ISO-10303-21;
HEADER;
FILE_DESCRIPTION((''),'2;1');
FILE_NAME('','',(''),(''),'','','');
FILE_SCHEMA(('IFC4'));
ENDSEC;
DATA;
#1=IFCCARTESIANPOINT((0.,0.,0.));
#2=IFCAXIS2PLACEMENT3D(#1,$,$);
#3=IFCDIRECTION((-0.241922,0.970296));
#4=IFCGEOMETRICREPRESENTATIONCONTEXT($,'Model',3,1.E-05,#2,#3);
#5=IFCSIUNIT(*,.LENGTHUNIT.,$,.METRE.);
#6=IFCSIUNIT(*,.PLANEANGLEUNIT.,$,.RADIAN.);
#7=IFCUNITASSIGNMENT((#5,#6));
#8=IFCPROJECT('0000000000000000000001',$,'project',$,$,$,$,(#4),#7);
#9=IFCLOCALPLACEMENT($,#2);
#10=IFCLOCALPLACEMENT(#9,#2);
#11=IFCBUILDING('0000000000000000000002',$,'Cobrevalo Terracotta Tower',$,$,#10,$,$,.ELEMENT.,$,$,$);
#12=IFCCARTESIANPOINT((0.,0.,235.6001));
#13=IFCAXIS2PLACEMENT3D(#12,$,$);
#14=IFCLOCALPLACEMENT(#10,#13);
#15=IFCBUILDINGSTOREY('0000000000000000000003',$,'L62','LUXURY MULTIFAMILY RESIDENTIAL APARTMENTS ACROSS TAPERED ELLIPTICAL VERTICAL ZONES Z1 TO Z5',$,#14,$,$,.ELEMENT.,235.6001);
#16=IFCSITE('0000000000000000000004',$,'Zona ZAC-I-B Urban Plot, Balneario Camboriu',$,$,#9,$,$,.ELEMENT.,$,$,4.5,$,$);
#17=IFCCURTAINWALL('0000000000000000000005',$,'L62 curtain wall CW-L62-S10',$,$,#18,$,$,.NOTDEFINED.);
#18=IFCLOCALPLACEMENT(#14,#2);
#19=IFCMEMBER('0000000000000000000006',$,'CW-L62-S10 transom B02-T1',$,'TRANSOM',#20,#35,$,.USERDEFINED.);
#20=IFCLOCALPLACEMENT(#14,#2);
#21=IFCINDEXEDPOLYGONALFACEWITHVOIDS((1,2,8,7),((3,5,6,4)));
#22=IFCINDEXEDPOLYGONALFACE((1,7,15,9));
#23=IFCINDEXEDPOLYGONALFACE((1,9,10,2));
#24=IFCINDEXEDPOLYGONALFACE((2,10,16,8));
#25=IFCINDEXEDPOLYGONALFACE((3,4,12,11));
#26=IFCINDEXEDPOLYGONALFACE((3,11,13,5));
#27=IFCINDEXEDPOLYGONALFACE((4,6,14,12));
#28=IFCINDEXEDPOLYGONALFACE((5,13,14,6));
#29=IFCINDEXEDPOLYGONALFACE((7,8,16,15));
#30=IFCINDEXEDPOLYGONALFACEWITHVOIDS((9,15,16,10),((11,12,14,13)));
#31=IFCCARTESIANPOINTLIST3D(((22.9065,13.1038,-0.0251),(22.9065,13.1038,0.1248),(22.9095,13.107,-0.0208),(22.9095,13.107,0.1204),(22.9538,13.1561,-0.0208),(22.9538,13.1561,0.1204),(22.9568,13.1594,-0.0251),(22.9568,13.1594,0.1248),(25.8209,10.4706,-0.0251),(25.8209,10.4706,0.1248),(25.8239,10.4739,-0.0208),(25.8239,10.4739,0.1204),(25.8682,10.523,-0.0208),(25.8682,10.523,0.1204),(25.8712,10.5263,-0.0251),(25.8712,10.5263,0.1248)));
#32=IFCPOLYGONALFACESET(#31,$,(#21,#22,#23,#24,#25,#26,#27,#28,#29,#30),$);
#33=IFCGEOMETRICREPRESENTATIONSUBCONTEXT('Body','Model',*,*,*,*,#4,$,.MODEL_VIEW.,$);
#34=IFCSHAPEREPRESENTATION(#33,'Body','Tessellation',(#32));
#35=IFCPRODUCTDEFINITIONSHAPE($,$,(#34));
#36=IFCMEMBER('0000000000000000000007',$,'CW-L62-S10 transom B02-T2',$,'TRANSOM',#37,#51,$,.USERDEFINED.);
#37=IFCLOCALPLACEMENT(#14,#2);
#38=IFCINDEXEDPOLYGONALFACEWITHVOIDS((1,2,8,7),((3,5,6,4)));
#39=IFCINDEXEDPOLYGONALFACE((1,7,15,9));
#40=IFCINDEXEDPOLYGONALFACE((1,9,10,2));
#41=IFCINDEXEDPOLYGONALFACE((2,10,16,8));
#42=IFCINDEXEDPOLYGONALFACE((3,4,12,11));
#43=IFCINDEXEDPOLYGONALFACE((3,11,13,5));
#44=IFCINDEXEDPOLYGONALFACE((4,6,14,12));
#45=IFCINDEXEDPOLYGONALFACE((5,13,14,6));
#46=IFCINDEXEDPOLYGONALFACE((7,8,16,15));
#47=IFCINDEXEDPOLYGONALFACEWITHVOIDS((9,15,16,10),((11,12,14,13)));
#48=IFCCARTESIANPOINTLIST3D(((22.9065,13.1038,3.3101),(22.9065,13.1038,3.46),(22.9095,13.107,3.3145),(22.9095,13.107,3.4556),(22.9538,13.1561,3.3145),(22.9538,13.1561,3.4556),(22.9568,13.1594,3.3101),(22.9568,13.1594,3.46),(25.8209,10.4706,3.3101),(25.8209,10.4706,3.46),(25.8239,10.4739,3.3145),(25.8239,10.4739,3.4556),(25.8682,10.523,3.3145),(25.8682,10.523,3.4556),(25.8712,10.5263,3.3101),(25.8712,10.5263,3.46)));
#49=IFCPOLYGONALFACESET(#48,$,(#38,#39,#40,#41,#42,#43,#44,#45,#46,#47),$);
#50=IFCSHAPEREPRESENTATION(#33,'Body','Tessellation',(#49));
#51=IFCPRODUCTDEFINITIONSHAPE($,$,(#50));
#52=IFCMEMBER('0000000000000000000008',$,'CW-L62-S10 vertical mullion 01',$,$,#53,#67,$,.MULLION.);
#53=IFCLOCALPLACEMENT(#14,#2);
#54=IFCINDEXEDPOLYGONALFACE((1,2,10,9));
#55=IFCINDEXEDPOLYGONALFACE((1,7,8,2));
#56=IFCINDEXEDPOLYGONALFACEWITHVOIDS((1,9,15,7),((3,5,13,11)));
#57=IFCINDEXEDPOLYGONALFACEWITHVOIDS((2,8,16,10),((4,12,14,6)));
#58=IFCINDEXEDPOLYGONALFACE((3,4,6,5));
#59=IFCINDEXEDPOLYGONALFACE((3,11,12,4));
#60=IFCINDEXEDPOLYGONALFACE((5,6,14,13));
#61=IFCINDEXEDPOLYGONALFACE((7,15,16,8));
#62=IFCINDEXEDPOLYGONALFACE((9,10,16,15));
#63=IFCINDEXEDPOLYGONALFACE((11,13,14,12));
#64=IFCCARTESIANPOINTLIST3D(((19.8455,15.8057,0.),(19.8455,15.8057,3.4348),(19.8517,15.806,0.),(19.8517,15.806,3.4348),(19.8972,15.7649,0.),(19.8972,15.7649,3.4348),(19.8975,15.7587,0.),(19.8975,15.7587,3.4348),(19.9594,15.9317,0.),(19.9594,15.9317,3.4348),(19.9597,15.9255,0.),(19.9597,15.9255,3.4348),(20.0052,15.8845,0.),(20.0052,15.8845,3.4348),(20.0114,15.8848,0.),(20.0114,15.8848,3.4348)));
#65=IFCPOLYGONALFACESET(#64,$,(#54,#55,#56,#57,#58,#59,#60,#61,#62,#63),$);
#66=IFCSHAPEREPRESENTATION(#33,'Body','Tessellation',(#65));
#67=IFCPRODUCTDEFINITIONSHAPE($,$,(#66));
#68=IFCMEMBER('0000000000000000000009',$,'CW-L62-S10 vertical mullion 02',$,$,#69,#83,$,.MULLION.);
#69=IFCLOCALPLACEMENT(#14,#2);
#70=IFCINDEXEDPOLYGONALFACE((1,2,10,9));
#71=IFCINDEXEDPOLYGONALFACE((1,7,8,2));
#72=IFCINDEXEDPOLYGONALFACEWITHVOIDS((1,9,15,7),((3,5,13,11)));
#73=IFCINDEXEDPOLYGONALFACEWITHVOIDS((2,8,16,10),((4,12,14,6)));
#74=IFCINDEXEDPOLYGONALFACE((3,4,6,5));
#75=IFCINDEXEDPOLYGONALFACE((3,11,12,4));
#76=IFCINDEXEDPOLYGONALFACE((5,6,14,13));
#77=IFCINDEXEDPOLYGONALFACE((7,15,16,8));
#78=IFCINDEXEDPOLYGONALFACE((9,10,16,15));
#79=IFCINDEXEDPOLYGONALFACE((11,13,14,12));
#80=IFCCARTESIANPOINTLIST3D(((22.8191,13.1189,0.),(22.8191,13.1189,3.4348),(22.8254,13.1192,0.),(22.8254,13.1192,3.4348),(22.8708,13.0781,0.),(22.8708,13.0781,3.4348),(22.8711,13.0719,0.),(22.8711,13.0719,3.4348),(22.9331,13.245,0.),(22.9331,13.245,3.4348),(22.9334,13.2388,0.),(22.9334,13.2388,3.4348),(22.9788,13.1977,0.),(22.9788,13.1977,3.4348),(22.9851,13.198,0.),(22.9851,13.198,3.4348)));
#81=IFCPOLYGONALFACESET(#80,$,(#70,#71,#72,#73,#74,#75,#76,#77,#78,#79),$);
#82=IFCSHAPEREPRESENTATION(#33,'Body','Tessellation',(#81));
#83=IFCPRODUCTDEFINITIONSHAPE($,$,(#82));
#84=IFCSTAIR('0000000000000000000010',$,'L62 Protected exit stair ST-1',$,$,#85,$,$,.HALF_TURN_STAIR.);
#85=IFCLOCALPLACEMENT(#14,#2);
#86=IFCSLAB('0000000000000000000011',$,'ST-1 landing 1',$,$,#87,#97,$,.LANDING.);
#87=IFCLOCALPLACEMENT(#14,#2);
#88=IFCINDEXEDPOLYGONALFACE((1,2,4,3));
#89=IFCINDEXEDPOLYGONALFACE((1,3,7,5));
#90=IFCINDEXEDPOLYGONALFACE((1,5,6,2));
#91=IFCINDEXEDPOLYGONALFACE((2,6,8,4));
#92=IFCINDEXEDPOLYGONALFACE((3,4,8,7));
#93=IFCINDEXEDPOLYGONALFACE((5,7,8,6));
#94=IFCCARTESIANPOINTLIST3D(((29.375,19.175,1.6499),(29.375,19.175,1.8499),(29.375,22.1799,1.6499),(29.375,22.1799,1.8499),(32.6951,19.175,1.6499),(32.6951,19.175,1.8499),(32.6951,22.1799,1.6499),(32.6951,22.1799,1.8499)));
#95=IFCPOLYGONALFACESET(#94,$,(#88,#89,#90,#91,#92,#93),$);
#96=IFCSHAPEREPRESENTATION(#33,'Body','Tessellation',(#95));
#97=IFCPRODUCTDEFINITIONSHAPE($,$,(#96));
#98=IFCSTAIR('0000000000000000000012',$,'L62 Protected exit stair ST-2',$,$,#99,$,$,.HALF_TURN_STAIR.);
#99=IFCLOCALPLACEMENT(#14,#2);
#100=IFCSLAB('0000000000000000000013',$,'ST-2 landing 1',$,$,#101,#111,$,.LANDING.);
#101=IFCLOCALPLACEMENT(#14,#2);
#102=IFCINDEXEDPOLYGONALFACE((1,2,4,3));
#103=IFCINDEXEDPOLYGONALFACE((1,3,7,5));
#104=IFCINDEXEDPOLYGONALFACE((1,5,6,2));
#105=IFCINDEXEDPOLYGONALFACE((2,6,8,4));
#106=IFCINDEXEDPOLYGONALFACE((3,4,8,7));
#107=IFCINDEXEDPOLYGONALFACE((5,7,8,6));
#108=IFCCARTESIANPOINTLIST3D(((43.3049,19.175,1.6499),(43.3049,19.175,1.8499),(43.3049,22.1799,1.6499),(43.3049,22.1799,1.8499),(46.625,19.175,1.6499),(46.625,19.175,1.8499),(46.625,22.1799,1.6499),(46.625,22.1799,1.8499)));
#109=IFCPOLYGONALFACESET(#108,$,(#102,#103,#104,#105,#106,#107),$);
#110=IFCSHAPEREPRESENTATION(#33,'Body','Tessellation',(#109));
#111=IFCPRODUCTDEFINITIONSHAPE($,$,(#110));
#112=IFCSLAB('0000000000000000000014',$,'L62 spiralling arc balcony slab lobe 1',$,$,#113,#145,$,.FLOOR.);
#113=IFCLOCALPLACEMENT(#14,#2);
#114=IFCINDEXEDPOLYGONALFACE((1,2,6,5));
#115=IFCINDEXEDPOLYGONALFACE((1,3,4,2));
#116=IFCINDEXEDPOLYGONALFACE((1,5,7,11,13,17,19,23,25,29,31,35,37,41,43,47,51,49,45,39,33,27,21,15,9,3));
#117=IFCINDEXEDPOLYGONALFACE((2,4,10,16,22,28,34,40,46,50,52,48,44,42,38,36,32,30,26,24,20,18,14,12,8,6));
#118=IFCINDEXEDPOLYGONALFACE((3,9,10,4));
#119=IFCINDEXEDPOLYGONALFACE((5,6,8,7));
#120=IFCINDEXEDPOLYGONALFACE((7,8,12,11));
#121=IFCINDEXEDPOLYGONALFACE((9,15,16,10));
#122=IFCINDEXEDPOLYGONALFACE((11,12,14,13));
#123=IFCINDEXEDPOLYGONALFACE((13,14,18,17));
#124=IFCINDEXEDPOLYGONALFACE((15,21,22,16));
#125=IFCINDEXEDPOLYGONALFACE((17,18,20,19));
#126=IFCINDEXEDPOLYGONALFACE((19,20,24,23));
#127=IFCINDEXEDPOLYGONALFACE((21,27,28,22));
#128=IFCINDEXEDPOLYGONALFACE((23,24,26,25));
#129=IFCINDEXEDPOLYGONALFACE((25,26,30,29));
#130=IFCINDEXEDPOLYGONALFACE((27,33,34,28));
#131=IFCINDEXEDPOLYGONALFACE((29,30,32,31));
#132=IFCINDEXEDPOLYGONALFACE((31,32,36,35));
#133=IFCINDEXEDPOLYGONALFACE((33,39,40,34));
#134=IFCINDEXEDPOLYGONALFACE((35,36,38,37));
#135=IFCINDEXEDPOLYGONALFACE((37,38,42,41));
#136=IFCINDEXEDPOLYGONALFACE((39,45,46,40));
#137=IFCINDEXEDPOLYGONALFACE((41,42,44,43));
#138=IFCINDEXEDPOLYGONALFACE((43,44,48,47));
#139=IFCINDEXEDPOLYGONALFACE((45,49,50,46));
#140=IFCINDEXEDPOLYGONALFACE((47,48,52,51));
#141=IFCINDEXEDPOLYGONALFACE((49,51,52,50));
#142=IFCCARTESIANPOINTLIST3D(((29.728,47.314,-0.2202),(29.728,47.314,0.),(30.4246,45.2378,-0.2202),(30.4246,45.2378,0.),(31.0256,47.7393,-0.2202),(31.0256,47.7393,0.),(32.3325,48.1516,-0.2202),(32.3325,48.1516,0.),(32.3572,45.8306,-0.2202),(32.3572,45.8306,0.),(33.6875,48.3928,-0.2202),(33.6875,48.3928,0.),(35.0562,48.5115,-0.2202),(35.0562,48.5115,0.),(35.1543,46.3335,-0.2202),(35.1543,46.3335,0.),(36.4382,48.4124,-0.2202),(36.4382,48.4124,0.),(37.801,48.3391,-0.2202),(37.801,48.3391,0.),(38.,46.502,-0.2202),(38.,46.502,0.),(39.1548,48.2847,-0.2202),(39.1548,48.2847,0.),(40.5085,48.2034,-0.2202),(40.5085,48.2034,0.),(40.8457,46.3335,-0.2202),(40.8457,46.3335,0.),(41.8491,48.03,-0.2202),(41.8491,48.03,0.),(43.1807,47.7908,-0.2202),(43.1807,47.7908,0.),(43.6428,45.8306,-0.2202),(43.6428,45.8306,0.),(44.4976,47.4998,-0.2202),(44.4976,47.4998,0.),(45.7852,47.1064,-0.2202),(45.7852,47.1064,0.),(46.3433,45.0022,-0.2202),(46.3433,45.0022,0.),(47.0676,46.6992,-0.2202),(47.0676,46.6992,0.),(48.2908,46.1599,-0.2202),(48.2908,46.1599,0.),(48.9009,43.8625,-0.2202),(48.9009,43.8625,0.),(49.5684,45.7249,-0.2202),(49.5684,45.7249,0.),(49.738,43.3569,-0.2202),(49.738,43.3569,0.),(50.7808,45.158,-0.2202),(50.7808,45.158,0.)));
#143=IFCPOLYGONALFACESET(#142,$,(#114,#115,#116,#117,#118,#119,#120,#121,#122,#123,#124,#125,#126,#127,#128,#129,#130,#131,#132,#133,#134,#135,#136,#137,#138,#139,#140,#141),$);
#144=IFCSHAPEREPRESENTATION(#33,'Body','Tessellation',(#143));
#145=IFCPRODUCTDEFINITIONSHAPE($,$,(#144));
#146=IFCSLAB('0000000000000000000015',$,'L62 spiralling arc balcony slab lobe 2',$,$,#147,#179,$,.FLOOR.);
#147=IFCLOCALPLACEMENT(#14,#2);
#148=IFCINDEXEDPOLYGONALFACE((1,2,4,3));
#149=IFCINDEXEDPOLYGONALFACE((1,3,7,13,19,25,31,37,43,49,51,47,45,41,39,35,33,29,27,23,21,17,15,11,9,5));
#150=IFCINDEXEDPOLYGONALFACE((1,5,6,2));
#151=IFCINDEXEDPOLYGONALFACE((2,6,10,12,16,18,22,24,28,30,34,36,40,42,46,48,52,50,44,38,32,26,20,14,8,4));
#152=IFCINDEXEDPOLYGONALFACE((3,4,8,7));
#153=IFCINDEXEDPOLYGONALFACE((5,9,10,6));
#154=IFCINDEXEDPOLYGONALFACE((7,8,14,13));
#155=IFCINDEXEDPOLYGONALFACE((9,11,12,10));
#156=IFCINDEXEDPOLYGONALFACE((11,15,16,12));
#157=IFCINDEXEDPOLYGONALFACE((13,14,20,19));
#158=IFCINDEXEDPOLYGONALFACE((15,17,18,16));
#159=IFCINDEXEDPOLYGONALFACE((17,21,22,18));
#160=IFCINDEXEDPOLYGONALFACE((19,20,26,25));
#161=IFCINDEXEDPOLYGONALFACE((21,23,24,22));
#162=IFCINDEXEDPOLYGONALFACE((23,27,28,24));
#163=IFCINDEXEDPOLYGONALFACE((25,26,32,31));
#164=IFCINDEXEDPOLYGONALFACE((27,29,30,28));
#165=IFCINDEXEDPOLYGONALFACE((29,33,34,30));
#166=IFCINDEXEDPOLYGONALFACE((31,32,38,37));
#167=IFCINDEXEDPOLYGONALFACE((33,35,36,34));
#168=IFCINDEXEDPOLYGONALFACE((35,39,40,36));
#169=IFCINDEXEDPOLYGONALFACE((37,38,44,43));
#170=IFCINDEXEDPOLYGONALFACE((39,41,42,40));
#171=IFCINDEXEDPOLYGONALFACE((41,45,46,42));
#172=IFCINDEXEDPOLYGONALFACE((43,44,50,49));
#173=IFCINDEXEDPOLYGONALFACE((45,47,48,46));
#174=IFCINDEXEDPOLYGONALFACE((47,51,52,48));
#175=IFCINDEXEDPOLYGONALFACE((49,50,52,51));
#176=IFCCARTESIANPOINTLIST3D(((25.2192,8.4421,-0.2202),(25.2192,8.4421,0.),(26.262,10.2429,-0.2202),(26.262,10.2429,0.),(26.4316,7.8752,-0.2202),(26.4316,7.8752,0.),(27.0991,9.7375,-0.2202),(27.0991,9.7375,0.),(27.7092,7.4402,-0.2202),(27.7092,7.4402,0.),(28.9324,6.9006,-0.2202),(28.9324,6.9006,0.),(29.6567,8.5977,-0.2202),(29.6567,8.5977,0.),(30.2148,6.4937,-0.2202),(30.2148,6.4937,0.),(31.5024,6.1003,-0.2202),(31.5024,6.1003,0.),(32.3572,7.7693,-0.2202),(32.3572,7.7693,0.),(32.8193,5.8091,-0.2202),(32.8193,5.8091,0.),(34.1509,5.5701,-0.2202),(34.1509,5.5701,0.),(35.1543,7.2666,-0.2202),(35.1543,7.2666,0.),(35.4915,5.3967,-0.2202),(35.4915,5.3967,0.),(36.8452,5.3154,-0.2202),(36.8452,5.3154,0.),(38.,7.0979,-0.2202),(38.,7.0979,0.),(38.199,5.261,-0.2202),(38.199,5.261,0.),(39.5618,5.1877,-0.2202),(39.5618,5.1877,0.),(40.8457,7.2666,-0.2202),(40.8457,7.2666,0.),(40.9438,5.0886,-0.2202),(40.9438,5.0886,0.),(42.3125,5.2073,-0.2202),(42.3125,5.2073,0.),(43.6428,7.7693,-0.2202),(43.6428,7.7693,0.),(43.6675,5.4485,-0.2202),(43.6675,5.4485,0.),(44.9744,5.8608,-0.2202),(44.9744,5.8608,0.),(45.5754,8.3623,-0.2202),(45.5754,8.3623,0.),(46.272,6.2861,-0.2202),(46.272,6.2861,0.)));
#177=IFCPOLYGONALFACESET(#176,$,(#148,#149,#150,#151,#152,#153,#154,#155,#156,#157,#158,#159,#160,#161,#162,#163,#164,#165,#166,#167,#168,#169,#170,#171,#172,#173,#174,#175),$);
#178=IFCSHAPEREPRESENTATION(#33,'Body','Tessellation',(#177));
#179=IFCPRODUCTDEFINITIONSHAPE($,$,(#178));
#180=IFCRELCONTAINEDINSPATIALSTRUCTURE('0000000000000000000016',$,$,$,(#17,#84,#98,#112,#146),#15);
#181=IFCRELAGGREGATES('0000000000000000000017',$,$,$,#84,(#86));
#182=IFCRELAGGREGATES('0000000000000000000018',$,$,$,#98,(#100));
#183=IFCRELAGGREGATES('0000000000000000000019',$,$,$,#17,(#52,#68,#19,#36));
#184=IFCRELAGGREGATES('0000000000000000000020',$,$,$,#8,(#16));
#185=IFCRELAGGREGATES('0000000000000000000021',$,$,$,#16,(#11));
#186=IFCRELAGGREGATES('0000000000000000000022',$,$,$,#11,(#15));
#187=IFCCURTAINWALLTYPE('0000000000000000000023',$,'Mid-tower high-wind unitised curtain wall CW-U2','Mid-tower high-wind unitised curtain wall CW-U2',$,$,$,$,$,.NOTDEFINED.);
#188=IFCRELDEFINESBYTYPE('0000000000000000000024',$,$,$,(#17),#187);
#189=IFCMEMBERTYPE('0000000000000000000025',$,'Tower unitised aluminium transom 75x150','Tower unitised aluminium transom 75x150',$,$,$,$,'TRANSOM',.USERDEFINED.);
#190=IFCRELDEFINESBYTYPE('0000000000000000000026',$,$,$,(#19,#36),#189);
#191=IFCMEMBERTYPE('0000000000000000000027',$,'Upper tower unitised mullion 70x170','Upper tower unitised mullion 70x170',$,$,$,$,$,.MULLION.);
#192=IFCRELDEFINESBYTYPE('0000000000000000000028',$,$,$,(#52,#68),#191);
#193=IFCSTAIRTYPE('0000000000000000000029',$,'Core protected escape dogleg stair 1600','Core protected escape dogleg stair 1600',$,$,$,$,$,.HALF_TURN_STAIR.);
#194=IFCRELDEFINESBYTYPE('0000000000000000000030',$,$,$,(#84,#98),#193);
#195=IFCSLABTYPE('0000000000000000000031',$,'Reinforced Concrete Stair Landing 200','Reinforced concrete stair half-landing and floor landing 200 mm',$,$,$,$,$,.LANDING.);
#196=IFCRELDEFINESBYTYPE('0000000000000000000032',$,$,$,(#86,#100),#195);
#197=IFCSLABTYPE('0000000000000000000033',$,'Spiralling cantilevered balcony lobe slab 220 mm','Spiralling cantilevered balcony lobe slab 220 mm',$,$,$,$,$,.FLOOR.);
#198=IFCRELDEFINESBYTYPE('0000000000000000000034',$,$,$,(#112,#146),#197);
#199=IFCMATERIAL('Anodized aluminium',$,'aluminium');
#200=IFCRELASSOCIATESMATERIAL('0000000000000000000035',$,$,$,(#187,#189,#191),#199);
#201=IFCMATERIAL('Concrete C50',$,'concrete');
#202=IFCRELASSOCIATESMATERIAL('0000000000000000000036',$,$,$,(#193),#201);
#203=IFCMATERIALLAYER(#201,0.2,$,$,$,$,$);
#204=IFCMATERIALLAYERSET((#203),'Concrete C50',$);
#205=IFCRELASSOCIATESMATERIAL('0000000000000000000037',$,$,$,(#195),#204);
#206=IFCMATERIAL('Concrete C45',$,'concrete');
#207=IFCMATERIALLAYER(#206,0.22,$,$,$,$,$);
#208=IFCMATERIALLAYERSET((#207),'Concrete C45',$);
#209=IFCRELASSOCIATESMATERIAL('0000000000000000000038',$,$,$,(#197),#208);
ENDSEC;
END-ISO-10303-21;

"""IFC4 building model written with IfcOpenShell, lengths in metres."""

from ifc_helpers import new_model, si_unit, direction, frame, origin, origin_2d, place, context, subcontext, project, spatial, polyline, hollow_rectangle, outline, extrude, source, transform, mapped, material, layer, layer_set, material_profile, profile_set, type_object, element, aggregate, save


model = new_model("IFC4")

# Units and contexts
model_context = context("Model", 3, precision=1e-05, world=origin(), true_north=direction((-0.241922, 0.970296)))
body_context = subcontext(model_context, "Body", "Model", "MODEL_VIEW")
ifc_project = project(units=[si_unit("LENGTHUNIT", "METRE"), si_unit("PLANEANGLEUNIT", "RADIAN")], contexts=[model_context])

# Site, building, storey
site_placement = place(None, origin())
site = spatial("IfcSite", under=ifc_project, at=site_placement, Name="Zona ZAC-I-B Urban Plot, Balneario Camboriu", CompositionType="ELEMENT", RefElevation=4.5)
building_placement = place(site_placement, origin())
building = spatial("IfcBuilding", under=site, at=building_placement, Name="Cobrevalo Terracotta Tower", CompositionType="ELEMENT")
storey_placement = place(building_placement, frame((0.0, 0.0, 235.6001)))
storey = spatial("IfcBuildingStorey", under=building, at=storey_placement, Name="L62", Description="LUXURY MULTIFAMILY RESIDENTIAL APARTMENTS ACROSS TAPERED ELLIPTICAL VERTICAL ZONES Z1 TO Z5", CompositionType="ELEMENT", Elevation=235.6001)

# Curtain wall, members
ifc_material_1 = material(Name="Anodized aluminium", Category="aluminium")
curtain_wall_type = type_object("IfcCurtainWallType", Name="Mid-tower high-wind unitised curtain wall CW-U2", Description="Mid-tower high-wind unitised curtain wall CW-U2", PredefinedType="NOTDEFINED", material=ifc_material_1)
curtain_wall_placement = place(storey_placement, origin())
curtain_wall = element("IfcCurtainWall", 1, at=curtain_wall_placement, inside=storey, type_object=curtain_wall_type, Name="L62 curtain wall CW-L62-S10", PredefinedType="NOTDEFINED")
ifc_material_profile_1 = material_profile(ifc_material_1, hollow_rectangle(XDim=0.075, YDim=0.1499, WallThickness=0.0044, at=origin_2d()), Name="CWT 75x150")
ifc_profile_set_1 = profile_set([ifc_material_profile_1], Name="Anodized aluminium")
member_type_1 = type_object("IfcMemberType", Name="Tower unitised aluminium transom 75x150", Description="Tower unitised aluminium transom 75x150", ElementType="TRANSOM", PredefinedType="USERDEFINED", material=ifc_profile_set_1)
shared_shape_1 = source(origin(), body_context, "Body", "SweptSolid", [
    extrude(hollow_rectangle(XDim=0.075, YDim=0.1499, WallThickness=0.0044, at=origin_2d()), origin(), (0.0, 0.0, 1.0), 3.9277),
])
member_1_placement = place(storey_placement, frame((22.9316, 13.1316, 0.0498), z_axis=(0.742004, -0.670396, 0.0), x_axis=(0.670396, 0.742004, 0.0)))
member_1 = element("IfcMember", 2, at=member_1_placement, type_object=member_type_1, Name="CW-L62-S10 transom B02-T1", ObjectType="TRANSOM", PredefinedType="USERDEFINED", context=body_context, shape_type="MappedRepresentation", body=[
    mapped(shared_shape_1, transform((0.0, 0.0, 0.0), scale=1.0)),
])
member_2_placement = place(storey_placement, frame((22.9316, 13.1316, 3.385), z_axis=(0.742004, -0.670396, 0.0), x_axis=(0.670396, 0.742004, 0.0)))
member_2 = element("IfcMember", 3, at=member_2_placement, type_object=member_type_1, Name="CW-L62-S10 transom B02-T2", ObjectType="TRANSOM", PredefinedType="USERDEFINED", context=body_context, shape_type="MappedRepresentation", body=[
    mapped(shared_shape_1, transform((0.0, 0.0, 0.0), scale=1.0)),
])
ifc_material_profile_2 = material_profile(ifc_material_1, hollow_rectangle(XDim=0.0701, YDim=0.1699, WallThickness=0.0044, at=origin_2d()), Name="CWM 70x170")
ifc_profile_set_2 = profile_set([ifc_material_profile_2], Name="Anodized aluminium")
member_type_2 = type_object("IfcMemberType", Name="Upper tower unitised mullion 70x170", Description="Upper tower unitised mullion 70x170", PredefinedType="MULLION", material=ifc_profile_set_2)
shared_shape_2 = source(origin(), body_context, "Body", "SweptSolid", [
    extrude(hollow_rectangle(XDim=0.0701, YDim=0.1699, WallThickness=0.0044, at=origin_2d()), origin(), (0.0, 0.0, 1.0), 3.4348),
])
member_3_placement = place(storey_placement, frame((19.9285, 15.8452, 0.0), z_axis=(0.0, 0.0, 1.0), x_axis=(0.741988, -0.670414, 0.0)))
member_3 = element("IfcMember", 4, at=member_3_placement, type_object=member_type_2, Name="CW-L62-S10 vertical mullion 01", PredefinedType="MULLION", context=body_context, shape_type="MappedRepresentation", body=[
    mapped(shared_shape_2, transform((0.0, 0.0, 0.0), scale=1.0)),
])
member_4_placement = place(storey_placement, frame((22.9021, 13.1584, 0.0), z_axis=(0.0, 0.0, 1.0), x_axis=(0.741988, -0.670414, 0.0)))
member_4 = element("IfcMember", 5, at=member_4_placement, type_object=member_type_2, Name="CW-L62-S10 vertical mullion 02", PredefinedType="MULLION", context=body_context, shape_type="MappedRepresentation", body=[
    mapped(shared_shape_2, transform((0.0, 0.0, 0.0), scale=1.0)),
])

# Stairs, slabs
ifc_material_2 = material(Name="Concrete C50", Category="concrete")
stair_type = type_object("IfcStairType", Name="Core protected escape dogleg stair 1600", Description="Core protected escape dogleg stair 1600", PredefinedType="HALF_TURN_STAIR", material=ifc_material_2)
stair_1_placement = place(storey_placement, origin())
stair_1 = element("IfcStair", 6, at=stair_1_placement, inside=storey, type_object=stair_type, Name="L62 Protected exit stair ST-1", PredefinedType="HALF_TURN_STAIR")
ifc_layer_1 = layer(ifc_material_2, 0.2)
ifc_layer_set_1 = layer_set([ifc_layer_1], Name="Concrete C50")
slab_type_1 = type_object("IfcSlabType", Name="Reinforced Concrete Stair Landing 200", Description="Reinforced concrete stair half-landing and floor landing 200 mm", PredefinedType="LANDING", material=ifc_layer_set_1)
slab_1_placement = place(storey_placement, frame((0.0, 0.0, 1.6499)))
slab_1 = element("IfcSlab", 7, at=slab_1_placement, type_object=slab_type_1, Name="ST-1 landing 1", PredefinedType="LANDING", context=body_context, shape_type="SweptSolid", body=[
    extrude(outline(polyline([(29.375, 22.1799), (29.375, 19.175), (32.6951, 19.175), (32.6951, 22.1799), (29.375, 22.1799)])), origin(), (0.0, 0.0, 1.0), 0.2),
])
aggregate(stair_1, [slab_1])
stair_2_placement = place(storey_placement, origin())
stair_2 = element("IfcStair", 8, at=stair_2_placement, inside=storey, type_object=stair_type, Name="L62 Protected exit stair ST-2", PredefinedType="HALF_TURN_STAIR")
slab_2_placement = place(storey_placement, frame((0.0, 0.0, 1.6499)))
slab_2 = element("IfcSlab", 9, at=slab_2_placement, type_object=slab_type_1, Name="ST-2 landing 1", PredefinedType="LANDING", context=body_context, shape_type="SweptSolid", body=[
    extrude(outline(polyline([(43.3049, 22.1799), (43.3049, 19.175), (46.625, 19.175), (46.625, 22.1799), (43.3049, 22.1799)])), origin(), (0.0, 0.0, 1.0), 0.2),
])
aggregate(stair_2, [slab_2])

# Slabs
ifc_material_3 = material(Name="Concrete C45", Category="concrete")
ifc_layer_2 = layer(ifc_material_3, 0.22)
ifc_layer_set_2 = layer_set([ifc_layer_2], Name="Concrete C45")
slab_type_2 = type_object("IfcSlabType", Name="Spiralling cantilevered balcony lobe slab 220 mm", Description="Spiralling cantilevered balcony lobe slab 220 mm", PredefinedType="FLOOR", material=ifc_layer_set_2)
slab_3_placement = place(storey_placement, frame((0.0, 0.0, -0.2202)))
element("IfcSlab", 10, at=slab_3_placement, inside=storey, type_object=slab_type_2, Name="L62 spiralling arc balcony slab lobe 1", PredefinedType="FLOOR", context=body_context, shape_type="SweptSolid", body=[
    extrude(outline(polyline([(50.7808, 45.158), (49.5684, 45.7249), (48.2908, 46.1599), (47.0676, 46.6992), (45.7852, 47.1064), (44.4976, 47.4998), (43.1807, 47.7908), (41.8491, 48.03), (40.5085, 48.2034), (39.1548, 48.2847), (37.801, 48.3391), (36.4382, 48.4124), (35.0562, 48.5115), (33.6875, 48.3928), (32.3325, 48.1516), (31.0256, 47.7393), (29.728, 47.314), (30.4246, 45.2378), (32.3572, 45.8306), (35.1543, 46.3335), (38.0, 46.502), (40.8457, 46.3335), (43.6428, 45.8306), (46.3433, 45.0022), (48.9009, 43.8625), (49.738, 43.3569), (50.7808, 45.158)])), origin(), (0.0, 0.0, 1.0), 0.2202),
])
slab_4_placement = place(storey_placement, frame((0.0, 0.0, -0.2202)))
element("IfcSlab", 11, at=slab_4_placement, inside=storey, type_object=slab_type_2, Name="L62 spiralling arc balcony slab lobe 2", PredefinedType="FLOOR", context=body_context, shape_type="SweptSolid", body=[
    extrude(outline(polyline([(25.2192, 8.4421), (26.4316, 7.8752), (27.7092, 7.4402), (28.9324, 6.9006), (30.2148, 6.4937), (31.5024, 6.1003), (32.8193, 5.8091), (34.1509, 5.5701), (35.4915, 5.3967), (36.8452, 5.3154), (38.199, 5.261), (39.5618, 5.1877), (40.9438, 5.0886), (42.3125, 5.2073), (43.6675, 5.4485), (44.9744, 5.8608), (46.272, 6.2861), (45.5754, 8.3623), (43.6428, 7.7693), (40.8457, 7.2666), (38.0, 7.0979), (35.1543, 7.2666), (32.3572, 7.7693), (29.6567, 8.5977), (27.0991, 9.7375), (26.262, 10.2429), (25.2192, 8.4421)])), origin(), (0.0, 0.0, 1.0), 0.2202),
])

aggregate(curtain_wall, [member_3, member_4, member_1, member_2])

save(model, "model.ifc")
